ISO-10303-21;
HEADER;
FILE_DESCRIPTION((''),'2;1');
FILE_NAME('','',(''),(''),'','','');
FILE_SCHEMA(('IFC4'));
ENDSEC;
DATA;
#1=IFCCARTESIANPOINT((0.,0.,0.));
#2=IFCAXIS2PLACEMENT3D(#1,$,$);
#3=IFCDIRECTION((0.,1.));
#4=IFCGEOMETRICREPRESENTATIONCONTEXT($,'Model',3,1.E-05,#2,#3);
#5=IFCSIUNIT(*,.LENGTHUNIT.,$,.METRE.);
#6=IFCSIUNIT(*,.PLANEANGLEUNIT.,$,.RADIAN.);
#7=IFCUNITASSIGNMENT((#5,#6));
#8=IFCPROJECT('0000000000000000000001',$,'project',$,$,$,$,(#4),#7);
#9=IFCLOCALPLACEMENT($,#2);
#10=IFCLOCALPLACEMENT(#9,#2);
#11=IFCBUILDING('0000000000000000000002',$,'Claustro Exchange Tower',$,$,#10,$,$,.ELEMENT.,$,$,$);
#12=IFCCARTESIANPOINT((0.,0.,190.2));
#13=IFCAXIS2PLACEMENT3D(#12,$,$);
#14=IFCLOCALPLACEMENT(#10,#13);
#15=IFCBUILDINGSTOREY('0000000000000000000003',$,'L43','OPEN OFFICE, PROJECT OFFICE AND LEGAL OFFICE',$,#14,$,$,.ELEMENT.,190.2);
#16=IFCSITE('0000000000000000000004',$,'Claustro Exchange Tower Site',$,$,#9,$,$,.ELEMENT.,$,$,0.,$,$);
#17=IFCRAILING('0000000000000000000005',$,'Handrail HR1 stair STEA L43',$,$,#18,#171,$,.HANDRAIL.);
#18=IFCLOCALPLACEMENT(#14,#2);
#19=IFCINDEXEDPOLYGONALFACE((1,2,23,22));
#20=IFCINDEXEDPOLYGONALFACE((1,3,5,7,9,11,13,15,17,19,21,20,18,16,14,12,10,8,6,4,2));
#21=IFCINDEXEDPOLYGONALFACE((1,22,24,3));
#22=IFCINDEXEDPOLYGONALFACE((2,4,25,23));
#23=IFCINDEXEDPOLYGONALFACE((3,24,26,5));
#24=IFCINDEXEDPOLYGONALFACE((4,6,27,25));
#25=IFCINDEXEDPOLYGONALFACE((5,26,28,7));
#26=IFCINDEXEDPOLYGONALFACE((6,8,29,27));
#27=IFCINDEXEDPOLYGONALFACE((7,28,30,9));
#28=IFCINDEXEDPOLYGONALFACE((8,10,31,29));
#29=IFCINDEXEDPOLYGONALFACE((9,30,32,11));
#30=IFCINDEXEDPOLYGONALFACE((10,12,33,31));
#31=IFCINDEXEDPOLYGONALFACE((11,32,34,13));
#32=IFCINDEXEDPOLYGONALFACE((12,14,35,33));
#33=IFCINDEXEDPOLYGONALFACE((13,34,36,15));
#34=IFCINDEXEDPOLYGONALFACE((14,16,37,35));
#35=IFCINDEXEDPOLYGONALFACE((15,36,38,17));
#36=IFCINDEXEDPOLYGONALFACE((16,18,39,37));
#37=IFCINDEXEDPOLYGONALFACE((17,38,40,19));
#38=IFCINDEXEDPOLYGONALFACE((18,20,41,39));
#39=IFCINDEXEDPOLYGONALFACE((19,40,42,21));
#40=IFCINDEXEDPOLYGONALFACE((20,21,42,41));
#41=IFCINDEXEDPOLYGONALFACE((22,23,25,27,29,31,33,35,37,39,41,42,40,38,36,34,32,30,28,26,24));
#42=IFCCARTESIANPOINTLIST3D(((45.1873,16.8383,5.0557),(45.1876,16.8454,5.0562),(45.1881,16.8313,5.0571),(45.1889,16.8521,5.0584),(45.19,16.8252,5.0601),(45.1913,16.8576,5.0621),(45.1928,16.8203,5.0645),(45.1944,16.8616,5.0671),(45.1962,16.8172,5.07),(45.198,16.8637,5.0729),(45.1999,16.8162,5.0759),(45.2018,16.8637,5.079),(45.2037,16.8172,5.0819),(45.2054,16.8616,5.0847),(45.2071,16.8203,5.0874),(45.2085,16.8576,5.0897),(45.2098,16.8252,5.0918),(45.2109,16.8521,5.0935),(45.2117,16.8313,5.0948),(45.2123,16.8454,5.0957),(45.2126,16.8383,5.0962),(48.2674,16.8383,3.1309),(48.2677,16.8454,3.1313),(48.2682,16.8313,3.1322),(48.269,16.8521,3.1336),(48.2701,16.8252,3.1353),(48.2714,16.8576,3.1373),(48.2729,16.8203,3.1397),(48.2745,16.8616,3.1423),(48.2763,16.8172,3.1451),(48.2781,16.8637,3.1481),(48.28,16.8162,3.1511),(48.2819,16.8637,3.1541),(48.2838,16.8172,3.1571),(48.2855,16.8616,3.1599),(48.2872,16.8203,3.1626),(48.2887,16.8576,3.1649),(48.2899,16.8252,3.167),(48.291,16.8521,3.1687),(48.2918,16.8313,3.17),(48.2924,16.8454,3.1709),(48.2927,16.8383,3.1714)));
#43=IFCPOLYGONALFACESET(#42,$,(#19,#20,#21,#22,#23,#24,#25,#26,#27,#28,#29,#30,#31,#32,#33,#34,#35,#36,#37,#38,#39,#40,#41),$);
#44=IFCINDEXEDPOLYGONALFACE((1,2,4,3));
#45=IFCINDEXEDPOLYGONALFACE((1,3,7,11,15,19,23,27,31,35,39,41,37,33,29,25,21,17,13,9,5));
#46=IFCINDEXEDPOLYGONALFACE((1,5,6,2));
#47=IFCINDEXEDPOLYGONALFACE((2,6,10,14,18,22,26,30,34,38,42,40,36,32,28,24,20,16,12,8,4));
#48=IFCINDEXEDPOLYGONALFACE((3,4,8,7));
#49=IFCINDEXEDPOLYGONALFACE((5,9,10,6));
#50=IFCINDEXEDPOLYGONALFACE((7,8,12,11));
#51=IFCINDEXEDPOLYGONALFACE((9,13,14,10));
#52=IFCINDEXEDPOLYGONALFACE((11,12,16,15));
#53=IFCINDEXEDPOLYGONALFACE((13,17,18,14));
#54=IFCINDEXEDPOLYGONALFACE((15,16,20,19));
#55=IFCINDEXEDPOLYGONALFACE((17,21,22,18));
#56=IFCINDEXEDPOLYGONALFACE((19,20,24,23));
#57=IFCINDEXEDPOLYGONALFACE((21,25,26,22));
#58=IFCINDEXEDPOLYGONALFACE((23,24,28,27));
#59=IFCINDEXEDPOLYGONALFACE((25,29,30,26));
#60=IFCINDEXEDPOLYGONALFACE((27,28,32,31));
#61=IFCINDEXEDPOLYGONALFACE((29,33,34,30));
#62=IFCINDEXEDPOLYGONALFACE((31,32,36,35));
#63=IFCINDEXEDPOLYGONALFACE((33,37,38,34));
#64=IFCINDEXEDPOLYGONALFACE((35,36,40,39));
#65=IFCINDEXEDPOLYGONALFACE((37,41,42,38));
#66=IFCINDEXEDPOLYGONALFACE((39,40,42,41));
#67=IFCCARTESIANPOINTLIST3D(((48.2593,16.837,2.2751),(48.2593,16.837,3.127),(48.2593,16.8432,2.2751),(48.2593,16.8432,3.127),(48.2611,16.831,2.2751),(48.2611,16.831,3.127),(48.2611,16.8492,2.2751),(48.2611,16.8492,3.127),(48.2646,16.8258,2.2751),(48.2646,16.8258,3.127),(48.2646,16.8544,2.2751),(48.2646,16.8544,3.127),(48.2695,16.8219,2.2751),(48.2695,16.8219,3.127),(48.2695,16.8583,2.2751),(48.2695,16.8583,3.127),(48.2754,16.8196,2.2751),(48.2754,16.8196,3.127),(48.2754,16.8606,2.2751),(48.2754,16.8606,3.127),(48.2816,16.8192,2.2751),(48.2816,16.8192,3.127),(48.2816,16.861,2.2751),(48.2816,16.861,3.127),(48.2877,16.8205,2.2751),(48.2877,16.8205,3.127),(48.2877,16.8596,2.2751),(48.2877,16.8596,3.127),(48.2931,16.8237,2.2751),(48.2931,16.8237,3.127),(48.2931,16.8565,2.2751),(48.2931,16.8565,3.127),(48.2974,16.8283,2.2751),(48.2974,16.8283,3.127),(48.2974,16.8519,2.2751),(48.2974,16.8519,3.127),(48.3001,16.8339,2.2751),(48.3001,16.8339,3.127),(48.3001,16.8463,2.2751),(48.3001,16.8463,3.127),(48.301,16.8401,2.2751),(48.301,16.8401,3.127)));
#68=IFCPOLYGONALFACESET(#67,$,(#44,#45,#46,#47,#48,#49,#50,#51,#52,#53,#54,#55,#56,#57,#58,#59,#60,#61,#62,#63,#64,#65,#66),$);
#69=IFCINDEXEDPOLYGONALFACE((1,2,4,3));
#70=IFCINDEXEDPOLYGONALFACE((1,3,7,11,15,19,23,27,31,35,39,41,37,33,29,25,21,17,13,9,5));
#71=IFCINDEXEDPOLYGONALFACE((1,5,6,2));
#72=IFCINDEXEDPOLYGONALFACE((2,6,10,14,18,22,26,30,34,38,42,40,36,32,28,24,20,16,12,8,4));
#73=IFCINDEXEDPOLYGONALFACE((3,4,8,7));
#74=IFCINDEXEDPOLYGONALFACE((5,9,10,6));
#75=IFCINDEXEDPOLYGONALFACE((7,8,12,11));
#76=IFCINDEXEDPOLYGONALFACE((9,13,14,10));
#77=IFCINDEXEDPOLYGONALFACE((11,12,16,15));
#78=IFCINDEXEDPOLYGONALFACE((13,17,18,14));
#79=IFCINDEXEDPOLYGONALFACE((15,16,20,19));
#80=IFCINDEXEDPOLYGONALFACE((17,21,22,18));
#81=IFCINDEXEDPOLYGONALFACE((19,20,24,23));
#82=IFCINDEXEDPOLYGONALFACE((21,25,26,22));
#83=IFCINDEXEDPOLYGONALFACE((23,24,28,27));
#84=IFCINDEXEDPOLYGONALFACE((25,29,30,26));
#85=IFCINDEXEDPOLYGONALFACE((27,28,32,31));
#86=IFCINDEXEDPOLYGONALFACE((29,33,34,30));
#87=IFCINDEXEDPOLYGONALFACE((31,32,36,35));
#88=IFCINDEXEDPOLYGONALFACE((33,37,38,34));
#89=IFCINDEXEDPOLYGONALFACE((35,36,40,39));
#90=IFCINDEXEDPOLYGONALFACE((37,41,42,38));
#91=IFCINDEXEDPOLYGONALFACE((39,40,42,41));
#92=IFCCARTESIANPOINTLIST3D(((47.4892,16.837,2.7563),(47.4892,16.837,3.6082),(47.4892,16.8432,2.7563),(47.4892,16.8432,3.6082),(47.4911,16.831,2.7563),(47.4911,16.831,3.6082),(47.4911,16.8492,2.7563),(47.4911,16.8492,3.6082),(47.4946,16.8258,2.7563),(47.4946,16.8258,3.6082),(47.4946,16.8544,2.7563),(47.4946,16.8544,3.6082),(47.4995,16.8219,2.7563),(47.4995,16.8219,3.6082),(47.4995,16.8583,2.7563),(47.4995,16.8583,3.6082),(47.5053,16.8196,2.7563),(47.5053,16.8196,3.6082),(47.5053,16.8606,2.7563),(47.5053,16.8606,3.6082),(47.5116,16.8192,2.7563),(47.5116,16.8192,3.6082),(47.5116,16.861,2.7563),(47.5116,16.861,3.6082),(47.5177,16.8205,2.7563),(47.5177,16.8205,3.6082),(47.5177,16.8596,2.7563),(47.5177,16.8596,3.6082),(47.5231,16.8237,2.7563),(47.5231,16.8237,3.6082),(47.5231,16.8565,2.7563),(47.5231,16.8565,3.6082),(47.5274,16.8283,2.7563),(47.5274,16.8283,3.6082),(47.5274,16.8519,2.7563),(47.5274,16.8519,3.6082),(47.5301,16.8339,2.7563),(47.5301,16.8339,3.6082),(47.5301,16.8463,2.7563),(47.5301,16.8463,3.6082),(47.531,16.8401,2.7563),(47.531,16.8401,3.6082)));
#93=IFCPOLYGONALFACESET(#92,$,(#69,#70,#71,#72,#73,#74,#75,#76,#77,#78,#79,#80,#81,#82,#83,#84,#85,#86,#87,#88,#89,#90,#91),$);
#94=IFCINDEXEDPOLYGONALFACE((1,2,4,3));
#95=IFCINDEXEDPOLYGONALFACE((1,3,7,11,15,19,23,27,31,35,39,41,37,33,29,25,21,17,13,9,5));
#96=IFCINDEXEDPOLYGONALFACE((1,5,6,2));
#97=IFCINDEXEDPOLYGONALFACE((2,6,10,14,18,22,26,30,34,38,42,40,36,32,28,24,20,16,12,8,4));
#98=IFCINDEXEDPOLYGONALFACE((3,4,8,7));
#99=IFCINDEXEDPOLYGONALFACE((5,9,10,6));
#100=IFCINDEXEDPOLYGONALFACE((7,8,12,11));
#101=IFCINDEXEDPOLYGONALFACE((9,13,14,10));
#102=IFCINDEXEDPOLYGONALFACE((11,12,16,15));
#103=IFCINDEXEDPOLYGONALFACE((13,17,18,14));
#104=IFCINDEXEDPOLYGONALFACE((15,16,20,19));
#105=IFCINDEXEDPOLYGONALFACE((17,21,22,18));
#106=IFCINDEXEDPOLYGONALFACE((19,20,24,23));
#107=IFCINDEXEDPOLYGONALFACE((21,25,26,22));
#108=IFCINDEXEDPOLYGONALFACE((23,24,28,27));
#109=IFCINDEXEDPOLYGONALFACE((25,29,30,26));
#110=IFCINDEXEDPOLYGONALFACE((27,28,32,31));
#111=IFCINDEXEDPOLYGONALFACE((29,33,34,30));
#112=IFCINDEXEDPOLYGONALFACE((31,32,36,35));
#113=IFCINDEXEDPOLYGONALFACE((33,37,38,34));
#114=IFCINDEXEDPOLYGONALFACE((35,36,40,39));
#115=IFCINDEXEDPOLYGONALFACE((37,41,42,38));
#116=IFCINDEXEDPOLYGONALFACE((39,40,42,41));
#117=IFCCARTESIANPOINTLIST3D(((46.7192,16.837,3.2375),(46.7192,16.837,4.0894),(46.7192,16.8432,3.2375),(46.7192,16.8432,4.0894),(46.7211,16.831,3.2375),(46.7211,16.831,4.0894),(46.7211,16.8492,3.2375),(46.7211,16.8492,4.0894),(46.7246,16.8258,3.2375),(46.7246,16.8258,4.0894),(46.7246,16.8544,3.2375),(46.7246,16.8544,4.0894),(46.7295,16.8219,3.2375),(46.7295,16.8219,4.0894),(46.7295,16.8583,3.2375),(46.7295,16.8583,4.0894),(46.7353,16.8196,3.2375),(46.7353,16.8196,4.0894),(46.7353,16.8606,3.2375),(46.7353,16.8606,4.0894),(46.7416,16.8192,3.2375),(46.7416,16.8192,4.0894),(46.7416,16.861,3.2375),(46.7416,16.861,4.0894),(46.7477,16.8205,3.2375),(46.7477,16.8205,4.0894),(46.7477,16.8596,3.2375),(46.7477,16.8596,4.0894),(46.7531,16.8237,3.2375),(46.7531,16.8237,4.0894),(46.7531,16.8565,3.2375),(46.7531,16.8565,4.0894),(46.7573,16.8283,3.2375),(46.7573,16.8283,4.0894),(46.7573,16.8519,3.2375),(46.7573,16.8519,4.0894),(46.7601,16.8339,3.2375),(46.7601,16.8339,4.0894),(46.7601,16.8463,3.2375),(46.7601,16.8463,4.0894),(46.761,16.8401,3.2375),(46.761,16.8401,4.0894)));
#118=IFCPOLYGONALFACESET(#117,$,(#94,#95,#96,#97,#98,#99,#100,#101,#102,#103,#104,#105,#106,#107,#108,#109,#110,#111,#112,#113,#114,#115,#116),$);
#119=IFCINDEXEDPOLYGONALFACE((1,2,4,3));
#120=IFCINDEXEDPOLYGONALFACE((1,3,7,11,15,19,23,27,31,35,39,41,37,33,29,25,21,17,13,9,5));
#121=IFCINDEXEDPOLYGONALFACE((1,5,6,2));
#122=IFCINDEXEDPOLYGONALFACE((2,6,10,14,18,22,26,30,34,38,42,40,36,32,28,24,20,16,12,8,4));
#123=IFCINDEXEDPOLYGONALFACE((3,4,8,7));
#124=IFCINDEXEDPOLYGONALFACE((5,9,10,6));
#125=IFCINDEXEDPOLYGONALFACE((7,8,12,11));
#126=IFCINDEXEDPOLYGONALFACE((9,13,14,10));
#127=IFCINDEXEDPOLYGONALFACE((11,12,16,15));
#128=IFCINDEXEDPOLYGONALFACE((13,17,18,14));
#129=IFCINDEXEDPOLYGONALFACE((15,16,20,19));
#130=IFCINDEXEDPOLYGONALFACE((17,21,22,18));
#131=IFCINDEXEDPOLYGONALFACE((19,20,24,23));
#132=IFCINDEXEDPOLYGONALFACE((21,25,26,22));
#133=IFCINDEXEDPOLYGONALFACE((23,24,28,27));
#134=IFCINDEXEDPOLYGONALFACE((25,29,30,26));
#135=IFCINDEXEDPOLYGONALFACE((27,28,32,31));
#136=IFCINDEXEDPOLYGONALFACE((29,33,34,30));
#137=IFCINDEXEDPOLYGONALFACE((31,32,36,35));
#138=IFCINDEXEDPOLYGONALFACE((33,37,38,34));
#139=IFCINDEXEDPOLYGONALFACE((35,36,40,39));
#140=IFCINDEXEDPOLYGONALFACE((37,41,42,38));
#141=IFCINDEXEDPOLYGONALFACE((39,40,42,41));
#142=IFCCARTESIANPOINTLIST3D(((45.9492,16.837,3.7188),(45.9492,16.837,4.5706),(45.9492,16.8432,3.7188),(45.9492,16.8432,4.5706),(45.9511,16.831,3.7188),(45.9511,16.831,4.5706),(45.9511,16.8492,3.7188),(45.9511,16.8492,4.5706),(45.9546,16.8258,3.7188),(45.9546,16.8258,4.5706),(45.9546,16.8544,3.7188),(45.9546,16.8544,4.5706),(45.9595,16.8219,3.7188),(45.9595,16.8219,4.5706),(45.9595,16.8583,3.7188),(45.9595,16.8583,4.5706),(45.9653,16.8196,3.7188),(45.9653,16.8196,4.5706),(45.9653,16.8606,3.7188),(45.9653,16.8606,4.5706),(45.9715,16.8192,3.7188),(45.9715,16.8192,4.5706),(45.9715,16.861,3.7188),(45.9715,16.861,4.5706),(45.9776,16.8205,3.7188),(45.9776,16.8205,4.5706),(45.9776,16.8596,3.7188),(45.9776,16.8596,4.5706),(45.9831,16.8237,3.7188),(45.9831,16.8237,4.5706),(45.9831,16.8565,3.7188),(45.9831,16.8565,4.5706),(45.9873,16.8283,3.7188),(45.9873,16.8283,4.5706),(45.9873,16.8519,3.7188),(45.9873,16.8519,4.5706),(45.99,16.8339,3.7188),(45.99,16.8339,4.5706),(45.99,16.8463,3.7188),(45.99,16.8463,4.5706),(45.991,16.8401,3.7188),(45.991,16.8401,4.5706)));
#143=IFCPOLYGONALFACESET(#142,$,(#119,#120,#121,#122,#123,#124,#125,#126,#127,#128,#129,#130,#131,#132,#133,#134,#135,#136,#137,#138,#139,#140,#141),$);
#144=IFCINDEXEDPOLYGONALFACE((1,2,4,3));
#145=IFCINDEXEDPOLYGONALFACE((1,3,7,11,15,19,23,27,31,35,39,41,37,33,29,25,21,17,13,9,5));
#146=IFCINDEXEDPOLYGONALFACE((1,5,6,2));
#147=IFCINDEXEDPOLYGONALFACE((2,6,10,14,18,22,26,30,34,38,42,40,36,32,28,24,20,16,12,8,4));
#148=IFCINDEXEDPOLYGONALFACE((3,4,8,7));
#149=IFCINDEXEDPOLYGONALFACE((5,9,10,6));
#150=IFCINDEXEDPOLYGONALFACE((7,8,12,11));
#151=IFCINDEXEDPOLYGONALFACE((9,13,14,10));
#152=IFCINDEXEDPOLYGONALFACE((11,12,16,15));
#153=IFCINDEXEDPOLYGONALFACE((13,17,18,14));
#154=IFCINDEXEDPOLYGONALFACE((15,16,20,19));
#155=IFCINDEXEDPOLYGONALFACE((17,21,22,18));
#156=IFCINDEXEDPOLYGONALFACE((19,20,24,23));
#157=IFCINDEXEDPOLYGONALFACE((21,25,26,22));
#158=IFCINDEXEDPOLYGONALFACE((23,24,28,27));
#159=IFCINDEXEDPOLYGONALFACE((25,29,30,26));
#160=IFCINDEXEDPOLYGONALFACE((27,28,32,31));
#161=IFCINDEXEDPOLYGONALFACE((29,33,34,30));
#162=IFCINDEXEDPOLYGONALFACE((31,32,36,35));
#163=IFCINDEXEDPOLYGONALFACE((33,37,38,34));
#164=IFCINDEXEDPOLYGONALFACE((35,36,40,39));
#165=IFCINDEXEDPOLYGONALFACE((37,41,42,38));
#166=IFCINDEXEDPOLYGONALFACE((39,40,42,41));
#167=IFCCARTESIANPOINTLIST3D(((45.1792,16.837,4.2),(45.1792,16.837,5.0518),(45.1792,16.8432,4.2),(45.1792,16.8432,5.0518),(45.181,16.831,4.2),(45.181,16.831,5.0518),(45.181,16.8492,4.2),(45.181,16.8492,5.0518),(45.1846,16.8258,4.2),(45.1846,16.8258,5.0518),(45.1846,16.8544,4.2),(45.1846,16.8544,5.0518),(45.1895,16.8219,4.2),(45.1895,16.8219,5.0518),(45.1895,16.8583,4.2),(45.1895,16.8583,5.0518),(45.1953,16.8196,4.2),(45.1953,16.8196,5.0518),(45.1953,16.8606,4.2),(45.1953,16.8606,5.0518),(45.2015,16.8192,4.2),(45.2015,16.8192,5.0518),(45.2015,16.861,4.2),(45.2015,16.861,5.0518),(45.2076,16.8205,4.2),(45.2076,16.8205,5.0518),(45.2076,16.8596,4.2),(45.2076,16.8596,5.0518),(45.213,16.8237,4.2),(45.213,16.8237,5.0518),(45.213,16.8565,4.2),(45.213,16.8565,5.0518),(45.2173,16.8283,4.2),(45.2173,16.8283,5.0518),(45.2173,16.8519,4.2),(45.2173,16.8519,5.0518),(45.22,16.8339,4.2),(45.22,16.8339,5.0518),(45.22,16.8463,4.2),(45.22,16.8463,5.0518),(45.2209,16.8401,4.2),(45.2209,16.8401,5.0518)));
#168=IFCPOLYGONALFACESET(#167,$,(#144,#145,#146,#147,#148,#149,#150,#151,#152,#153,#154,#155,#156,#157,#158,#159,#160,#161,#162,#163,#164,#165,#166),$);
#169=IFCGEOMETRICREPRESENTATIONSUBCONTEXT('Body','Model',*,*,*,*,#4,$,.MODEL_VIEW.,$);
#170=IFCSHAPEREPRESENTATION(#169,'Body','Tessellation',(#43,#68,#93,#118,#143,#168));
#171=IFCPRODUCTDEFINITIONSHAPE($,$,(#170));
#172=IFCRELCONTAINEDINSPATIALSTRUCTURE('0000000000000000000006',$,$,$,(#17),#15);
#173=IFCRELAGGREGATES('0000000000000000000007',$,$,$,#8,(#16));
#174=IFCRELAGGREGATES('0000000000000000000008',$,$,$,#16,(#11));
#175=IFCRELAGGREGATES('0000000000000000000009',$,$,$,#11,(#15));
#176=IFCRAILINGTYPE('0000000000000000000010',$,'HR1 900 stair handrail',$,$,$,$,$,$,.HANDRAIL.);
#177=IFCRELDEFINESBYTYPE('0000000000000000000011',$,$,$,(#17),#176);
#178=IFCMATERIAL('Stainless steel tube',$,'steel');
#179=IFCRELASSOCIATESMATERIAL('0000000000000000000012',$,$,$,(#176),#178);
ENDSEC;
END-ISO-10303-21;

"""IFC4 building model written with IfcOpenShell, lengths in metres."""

from ifc_helpers import new_model, si_unit, direction, frame, origin, origin_2d, place, context, subcontext, project, spatial, circle, extrude, material, type_object, element, save


model = new_model("IFC4")

# Units and contexts
model_context = context("Model", 3, precision=1e-05, world=origin(), true_north=direction((0.0, 1.0)))
body_context = subcontext(model_context, "Body", "Model", "MODEL_VIEW")
ifc_project = project(units=[si_unit("LENGTHUNIT", "METRE"), si_unit("PLANEANGLEUNIT", "RADIAN")], contexts=[model_context])

# Site, building, storey
site_placement = place(None, origin())
site = spatial("IfcSite", under=ifc_project, at=site_placement, Name="Claustro Exchange Tower Site", CompositionType="ELEMENT", RefElevation=0.0)
building_placement = place(site_placement, origin())
building = spatial("IfcBuilding", under=site, at=building_placement, Name="Claustro Exchange Tower", CompositionType="ELEMENT")
storey_placement = place(building_placement, frame((0.0, 0.0, 190.2)))
storey = spatial("IfcBuildingStorey", under=building, at=storey_placement, Name="L43", Description="OPEN OFFICE, PROJECT OFFICE AND LEGAL OFFICE", CompositionType="ELEMENT", Elevation=190.2)

# Railing
ifc_material_1 = material(Name="Stainless steel tube", Category="steel")
railing_type_1 = type_object("IfcRailingType", Name="HR1 900 stair handrail", PredefinedType="HANDRAIL", material=ifc_material_1)
railing_1_placement = place(storey_placement, frame((48.28, 16.8401, 2.2751)))
element("IfcRailing", 1, at=railing_1_placement, inside=storey, type_object=railing_type_1, Name="Handrail HR1 stair STEA L43", PredefinedType="HANDRAIL", context=body_context, shape_type="SweptSolid", body=[
    extrude(circle(Radius=0.0239, at=origin_2d()), frame((0.0, 0.0, 0.876), z_axis=(-0.848029, 0.0, 0.529951), x_axis=(0.0, -1.0, 0.0)), (0.0, 0.0, 1.0), 3.6321),
    extrude(circle(Radius=0.021, at=origin_2d()), origin(), (0.0, 0.0, 1.0), 0.8518),
    extrude(circle(Radius=0.021, at=origin_2d()), frame((-0.77, 0.0, 0.4812)), (0.0, 0.0, 1.0), 0.8518),
    extrude(circle(Radius=0.021, at=origin_2d()), frame((-1.54, 0.0, 0.9624)), (0.0, 0.0, 1.0), 0.8518),
    extrude(circle(Radius=0.021, at=origin_2d()), frame((-2.3101, 0.0, 1.4436)), (0.0, 0.0, 1.0), 0.8518),
    extrude(circle(Radius=0.021, at=origin_2d()), frame((-3.0801, 0.0, 1.9248)), (0.0, 0.0, 1.0), 0.8518),
])

save(model, "model.ifc")
